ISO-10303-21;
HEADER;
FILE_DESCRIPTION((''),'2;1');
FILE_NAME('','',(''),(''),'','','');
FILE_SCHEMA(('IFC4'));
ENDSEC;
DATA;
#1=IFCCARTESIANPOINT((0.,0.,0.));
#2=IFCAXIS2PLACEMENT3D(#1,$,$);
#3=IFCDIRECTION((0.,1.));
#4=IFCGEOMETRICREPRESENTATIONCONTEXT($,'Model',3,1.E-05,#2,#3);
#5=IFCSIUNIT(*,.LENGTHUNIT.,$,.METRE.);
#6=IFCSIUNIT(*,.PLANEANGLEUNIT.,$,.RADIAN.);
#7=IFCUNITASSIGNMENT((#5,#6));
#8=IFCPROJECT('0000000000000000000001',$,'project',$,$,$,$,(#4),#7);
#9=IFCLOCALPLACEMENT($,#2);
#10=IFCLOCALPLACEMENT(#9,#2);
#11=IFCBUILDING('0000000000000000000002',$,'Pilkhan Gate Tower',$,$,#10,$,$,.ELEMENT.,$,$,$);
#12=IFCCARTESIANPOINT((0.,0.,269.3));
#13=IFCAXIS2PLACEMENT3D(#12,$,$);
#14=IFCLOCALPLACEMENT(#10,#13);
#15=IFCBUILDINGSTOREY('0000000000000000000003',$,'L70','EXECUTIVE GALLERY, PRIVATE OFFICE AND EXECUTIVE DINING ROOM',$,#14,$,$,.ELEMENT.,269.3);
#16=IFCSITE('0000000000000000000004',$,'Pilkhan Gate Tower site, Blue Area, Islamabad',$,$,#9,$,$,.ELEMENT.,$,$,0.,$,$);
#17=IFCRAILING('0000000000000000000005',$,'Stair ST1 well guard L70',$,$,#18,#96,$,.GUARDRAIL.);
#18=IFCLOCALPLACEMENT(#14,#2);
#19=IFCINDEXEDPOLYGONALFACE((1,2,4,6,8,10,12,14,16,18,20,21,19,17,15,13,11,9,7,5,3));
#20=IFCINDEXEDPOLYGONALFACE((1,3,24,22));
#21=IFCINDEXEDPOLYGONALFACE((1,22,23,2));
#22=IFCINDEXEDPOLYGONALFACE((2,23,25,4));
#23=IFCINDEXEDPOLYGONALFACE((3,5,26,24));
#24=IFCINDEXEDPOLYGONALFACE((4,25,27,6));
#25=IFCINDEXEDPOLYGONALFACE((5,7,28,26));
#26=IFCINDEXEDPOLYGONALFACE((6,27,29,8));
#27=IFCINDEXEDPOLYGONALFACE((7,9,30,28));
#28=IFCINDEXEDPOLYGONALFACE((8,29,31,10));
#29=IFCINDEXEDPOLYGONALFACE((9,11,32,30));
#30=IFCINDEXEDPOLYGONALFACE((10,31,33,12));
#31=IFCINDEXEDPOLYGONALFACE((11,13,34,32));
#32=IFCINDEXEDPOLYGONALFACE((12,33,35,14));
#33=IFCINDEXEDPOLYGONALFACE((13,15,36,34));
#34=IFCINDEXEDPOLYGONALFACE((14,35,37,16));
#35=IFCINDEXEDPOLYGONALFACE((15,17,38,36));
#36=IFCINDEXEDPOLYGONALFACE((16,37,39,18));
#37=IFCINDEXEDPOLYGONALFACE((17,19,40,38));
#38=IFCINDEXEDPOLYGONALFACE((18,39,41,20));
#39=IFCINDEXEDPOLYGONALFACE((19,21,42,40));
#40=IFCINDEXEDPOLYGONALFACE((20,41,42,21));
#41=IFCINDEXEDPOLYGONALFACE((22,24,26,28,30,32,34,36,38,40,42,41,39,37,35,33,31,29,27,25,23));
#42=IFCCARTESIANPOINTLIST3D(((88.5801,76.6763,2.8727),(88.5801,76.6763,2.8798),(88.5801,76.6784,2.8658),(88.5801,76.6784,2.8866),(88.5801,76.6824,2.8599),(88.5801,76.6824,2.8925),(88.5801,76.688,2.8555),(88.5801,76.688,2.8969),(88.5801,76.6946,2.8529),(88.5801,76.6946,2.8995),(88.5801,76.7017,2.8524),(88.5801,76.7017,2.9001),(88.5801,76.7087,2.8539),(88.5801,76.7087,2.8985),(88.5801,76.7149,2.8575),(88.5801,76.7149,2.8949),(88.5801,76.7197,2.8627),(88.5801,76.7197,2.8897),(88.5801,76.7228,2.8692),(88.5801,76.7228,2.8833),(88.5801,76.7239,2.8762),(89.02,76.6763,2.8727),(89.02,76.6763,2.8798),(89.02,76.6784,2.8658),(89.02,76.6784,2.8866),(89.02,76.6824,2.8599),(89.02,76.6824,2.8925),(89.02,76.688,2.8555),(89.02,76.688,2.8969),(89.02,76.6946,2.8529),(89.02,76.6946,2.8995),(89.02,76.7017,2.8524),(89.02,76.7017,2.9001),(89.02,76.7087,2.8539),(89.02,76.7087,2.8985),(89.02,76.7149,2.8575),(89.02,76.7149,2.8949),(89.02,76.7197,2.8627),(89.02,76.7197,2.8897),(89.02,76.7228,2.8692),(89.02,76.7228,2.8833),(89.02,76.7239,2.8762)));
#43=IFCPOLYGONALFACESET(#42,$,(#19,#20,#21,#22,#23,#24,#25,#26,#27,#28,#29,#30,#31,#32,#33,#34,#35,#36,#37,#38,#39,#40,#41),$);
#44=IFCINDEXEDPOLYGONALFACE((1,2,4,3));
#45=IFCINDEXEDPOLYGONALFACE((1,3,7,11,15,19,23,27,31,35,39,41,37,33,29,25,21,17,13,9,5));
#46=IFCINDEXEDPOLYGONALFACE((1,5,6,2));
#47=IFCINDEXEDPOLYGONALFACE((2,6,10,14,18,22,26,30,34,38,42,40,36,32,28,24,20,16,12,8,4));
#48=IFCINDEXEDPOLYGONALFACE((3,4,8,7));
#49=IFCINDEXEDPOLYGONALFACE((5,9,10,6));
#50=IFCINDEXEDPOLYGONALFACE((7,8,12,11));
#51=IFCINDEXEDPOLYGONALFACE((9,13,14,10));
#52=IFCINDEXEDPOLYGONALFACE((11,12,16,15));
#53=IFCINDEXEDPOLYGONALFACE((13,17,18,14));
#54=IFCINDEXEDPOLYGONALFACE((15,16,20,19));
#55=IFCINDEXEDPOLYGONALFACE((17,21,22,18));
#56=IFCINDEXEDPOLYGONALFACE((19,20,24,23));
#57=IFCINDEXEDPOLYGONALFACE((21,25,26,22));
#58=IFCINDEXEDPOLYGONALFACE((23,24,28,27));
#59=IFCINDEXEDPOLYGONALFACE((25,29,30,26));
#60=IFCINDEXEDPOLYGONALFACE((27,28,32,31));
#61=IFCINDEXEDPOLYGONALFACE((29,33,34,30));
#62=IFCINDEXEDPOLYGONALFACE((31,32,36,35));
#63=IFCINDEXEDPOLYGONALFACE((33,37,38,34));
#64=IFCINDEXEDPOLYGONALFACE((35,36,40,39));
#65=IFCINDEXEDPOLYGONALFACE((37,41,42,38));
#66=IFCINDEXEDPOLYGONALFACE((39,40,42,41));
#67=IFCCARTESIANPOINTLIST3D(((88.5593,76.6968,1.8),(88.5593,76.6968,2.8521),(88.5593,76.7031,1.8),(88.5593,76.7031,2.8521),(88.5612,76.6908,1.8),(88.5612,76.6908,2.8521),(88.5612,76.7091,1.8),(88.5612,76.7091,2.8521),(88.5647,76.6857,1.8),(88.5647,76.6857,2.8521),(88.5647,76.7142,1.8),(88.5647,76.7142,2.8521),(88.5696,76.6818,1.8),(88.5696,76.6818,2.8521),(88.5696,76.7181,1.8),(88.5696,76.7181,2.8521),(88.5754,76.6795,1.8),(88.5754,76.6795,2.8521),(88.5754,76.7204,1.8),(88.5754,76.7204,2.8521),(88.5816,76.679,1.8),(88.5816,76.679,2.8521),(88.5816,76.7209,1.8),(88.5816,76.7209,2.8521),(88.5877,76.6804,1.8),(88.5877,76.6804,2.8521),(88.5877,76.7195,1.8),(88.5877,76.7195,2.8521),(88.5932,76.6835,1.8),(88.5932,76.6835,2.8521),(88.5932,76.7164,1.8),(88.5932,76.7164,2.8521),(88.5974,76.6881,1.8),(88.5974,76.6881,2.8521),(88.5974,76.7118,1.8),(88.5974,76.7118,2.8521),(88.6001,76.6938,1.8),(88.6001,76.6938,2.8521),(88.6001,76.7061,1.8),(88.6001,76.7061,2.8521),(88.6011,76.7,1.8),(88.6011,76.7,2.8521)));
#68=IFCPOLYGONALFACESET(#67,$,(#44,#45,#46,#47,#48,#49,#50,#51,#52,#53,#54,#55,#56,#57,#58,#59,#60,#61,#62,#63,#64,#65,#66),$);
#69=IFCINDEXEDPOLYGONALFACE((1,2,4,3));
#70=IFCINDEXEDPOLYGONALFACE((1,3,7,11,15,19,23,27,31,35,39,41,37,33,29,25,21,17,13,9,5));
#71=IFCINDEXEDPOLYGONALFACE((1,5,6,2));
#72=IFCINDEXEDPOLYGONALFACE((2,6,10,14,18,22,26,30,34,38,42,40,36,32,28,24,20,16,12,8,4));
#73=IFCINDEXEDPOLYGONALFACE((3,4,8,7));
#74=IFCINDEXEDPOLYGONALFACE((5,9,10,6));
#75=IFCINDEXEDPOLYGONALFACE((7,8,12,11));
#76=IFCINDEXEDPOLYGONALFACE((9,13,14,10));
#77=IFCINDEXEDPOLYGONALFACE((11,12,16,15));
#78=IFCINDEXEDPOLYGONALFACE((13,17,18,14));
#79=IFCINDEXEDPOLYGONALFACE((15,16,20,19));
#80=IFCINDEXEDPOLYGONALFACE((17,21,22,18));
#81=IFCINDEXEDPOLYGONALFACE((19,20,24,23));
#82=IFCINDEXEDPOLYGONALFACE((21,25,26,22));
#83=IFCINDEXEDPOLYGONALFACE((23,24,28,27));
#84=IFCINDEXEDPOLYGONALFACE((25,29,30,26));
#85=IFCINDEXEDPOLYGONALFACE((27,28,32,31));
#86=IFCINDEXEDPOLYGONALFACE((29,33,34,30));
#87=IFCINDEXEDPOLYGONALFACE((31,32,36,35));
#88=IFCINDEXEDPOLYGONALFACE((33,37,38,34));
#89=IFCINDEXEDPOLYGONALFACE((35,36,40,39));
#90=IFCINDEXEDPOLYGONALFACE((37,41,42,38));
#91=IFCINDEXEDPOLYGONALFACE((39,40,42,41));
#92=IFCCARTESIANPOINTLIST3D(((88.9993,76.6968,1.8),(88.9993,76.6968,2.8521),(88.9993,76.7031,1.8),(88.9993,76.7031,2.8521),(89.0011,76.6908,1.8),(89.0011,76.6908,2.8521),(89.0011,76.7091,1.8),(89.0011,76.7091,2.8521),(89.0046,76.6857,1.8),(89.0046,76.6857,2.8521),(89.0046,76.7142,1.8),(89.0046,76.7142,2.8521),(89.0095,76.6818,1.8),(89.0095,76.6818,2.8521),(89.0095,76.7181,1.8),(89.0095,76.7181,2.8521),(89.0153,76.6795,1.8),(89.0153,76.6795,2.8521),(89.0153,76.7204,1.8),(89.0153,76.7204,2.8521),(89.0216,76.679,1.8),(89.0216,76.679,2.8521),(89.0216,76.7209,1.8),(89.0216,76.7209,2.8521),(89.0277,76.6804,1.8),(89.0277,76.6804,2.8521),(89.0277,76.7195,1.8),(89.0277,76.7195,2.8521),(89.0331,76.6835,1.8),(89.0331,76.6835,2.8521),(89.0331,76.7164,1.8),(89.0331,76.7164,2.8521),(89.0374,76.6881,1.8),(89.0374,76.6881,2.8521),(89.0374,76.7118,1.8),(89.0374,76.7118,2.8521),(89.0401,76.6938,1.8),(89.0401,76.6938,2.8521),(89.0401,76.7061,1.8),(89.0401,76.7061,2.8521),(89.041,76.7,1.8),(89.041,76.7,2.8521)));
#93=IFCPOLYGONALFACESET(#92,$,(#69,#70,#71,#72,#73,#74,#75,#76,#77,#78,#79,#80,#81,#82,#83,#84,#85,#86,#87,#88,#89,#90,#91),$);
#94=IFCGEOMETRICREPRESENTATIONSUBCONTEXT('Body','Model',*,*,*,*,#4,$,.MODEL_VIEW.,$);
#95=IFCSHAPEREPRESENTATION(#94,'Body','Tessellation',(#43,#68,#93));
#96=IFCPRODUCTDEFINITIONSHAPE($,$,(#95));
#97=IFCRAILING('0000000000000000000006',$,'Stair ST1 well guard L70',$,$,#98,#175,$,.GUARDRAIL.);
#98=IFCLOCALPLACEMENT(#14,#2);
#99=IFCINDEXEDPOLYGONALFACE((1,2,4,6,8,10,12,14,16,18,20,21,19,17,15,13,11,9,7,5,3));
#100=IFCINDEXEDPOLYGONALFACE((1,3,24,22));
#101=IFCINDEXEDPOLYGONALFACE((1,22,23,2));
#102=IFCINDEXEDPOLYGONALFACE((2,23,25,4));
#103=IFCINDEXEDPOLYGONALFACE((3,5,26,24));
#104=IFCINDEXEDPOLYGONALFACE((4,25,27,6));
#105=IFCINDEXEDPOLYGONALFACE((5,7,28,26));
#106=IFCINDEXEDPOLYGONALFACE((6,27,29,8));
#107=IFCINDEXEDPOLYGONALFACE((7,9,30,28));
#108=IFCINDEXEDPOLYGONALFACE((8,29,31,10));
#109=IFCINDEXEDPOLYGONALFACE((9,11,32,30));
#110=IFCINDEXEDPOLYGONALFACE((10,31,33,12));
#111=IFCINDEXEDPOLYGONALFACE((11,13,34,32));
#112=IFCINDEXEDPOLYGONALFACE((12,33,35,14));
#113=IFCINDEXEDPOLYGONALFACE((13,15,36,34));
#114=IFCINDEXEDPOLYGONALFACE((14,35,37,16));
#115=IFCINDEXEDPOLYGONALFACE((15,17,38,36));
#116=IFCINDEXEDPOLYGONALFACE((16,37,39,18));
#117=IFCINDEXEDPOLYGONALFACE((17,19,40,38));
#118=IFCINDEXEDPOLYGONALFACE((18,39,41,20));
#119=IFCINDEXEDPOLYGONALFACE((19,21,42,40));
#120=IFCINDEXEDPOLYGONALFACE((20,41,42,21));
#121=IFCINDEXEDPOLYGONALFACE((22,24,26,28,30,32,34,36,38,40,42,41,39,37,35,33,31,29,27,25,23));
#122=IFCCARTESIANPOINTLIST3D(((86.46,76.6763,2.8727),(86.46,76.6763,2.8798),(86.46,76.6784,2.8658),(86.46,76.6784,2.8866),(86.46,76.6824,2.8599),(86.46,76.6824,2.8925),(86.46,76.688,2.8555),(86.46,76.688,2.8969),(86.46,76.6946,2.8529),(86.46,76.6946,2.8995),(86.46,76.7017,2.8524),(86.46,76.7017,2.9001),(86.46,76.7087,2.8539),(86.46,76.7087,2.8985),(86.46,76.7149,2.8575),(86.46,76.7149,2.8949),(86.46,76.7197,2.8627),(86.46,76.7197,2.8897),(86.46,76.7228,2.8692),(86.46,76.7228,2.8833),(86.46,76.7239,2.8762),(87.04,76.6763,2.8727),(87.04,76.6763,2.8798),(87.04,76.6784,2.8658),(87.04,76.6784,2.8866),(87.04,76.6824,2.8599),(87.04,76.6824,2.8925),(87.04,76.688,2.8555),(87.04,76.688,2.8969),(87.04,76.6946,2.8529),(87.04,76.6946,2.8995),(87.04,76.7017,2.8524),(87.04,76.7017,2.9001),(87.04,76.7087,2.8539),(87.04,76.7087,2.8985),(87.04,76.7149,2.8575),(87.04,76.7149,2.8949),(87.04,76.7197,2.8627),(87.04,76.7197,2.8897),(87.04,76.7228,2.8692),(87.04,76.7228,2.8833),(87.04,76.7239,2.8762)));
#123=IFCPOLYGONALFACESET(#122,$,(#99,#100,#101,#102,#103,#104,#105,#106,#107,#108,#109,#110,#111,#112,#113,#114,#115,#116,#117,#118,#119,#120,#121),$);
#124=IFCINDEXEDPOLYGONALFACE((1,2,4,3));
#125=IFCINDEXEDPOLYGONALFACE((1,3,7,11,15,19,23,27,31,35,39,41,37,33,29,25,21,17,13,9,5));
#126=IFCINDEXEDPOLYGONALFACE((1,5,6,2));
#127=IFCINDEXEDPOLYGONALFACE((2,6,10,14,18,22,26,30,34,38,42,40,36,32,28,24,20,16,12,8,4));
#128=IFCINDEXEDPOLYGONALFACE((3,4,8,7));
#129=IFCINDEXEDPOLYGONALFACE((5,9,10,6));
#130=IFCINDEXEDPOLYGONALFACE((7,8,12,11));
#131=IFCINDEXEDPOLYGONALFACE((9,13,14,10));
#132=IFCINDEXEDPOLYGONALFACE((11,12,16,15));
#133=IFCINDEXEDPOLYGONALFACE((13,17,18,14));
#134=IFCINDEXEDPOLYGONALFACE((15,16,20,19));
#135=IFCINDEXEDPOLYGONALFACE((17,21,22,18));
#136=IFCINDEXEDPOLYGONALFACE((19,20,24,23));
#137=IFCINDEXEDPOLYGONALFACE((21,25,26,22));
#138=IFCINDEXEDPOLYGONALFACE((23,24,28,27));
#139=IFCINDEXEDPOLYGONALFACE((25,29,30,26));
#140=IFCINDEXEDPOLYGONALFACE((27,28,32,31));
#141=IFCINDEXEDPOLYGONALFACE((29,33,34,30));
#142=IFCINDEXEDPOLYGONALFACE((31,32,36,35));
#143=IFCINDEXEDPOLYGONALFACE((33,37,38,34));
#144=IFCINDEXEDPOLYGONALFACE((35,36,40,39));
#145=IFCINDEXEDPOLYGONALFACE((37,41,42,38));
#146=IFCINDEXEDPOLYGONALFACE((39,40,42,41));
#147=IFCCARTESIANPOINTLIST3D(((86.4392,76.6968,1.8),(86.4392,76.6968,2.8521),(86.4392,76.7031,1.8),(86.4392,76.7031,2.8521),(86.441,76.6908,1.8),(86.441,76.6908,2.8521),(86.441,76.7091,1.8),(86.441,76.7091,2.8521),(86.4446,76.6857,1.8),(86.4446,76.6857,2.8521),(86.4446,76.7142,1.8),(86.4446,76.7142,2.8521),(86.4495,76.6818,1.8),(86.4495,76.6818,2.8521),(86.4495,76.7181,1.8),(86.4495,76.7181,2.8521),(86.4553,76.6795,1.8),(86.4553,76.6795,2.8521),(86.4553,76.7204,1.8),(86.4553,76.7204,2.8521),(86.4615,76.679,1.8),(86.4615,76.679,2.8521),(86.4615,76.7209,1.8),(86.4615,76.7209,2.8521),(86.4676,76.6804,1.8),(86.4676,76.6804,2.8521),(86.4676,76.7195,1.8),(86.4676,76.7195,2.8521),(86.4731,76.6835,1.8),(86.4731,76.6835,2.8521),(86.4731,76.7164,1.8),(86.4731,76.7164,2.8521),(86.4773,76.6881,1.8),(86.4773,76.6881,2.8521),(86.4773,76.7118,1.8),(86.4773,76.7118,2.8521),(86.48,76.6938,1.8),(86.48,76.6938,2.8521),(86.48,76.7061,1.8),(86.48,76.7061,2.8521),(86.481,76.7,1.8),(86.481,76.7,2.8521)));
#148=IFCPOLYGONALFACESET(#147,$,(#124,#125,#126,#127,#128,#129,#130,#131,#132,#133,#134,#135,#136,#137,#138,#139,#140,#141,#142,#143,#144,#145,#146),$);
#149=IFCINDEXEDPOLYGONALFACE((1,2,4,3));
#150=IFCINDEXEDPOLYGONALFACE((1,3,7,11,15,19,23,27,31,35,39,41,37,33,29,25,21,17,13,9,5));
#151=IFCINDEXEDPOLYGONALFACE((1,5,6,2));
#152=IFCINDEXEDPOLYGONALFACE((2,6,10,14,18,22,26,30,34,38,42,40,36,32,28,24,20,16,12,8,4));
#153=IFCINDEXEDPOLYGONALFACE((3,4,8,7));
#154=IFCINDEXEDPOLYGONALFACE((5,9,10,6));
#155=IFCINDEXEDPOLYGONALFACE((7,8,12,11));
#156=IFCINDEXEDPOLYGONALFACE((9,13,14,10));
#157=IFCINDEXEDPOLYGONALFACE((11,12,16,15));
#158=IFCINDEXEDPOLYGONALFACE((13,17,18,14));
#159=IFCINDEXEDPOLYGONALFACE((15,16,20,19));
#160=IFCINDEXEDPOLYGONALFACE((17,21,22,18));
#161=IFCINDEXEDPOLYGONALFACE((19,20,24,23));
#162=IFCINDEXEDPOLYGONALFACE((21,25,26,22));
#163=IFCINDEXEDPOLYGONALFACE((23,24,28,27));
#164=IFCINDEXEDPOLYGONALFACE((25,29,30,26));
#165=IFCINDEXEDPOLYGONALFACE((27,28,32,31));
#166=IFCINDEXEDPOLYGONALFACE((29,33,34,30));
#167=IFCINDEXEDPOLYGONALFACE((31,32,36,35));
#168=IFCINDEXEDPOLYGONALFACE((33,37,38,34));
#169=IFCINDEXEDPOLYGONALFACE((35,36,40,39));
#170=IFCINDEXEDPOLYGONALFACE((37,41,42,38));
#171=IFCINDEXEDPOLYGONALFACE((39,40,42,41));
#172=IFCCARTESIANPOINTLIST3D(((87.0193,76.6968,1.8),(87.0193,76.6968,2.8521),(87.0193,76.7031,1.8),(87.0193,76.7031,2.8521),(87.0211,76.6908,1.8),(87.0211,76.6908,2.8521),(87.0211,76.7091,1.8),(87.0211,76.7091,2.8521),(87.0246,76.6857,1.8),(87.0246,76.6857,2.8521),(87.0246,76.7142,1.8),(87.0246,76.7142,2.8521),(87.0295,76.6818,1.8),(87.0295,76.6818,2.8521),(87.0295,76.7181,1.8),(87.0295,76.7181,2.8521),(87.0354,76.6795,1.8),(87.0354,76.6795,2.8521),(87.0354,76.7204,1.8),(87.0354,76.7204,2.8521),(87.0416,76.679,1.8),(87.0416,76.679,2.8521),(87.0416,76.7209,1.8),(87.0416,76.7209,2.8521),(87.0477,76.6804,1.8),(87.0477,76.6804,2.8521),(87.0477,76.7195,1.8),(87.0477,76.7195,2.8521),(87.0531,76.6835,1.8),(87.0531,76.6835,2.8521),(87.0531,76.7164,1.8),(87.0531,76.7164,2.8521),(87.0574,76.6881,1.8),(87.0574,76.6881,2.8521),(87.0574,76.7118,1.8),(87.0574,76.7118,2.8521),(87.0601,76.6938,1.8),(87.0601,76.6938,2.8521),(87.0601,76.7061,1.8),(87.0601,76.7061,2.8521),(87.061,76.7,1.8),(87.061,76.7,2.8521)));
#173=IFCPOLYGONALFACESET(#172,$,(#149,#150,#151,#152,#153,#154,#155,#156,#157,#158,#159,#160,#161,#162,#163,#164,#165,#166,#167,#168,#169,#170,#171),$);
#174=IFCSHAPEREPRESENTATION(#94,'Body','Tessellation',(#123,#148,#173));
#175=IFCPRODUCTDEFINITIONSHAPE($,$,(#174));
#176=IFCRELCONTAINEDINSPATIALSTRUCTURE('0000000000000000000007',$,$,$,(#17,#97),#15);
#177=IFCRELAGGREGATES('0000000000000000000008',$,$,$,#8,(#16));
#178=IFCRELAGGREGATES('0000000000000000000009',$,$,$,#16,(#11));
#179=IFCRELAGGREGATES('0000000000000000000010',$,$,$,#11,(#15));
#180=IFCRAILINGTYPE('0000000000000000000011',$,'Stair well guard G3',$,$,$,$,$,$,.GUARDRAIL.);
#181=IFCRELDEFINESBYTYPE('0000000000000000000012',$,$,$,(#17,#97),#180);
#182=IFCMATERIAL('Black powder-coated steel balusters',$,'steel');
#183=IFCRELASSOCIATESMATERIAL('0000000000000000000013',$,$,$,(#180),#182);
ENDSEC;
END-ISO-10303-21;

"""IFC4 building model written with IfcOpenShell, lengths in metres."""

from ifc_helpers import new_model, si_unit, direction, frame, origin, origin_2d, place, context, subcontext, project, spatial, circle, extrude, material, type_object, element, save


model = new_model("IFC4")

# Units and contexts
model_context = context("Model", 3, precision=1e-05, world=origin(), true_north=direction((0.0, 1.0)))
body_context = subcontext(model_context, "Body", "Model", "MODEL_VIEW")
ifc_project = project(units=[si_unit("LENGTHUNIT", "METRE"), si_unit("PLANEANGLEUNIT", "RADIAN")], contexts=[model_context])

# Site, building, storey
site_placement = place(None, origin())
site = spatial("IfcSite", under=ifc_project, at=site_placement, Name="Pilkhan Gate Tower site, Blue Area, Islamabad", CompositionType="ELEMENT", RefElevation=0.0)
building_placement = place(site_placement, origin())
building = spatial("IfcBuilding", under=site, at=building_placement, Name="Pilkhan Gate Tower", CompositionType="ELEMENT")
storey_placement = place(building_placement, frame((0.0, 0.0, 269.3)))
storey = spatial("IfcBuildingStorey", under=building, at=storey_placement, Name="L70", Description="EXECUTIVE GALLERY, PRIVATE OFFICE AND EXECUTIVE DINING ROOM", CompositionType="ELEMENT", Elevation=269.3)

# Railings
ifc_material_1 = material(Name="Black powder-coated steel balusters", Category="steel")
railing_type_1 = type_object("IfcRailingType", Name="Stair well guard G3", PredefinedType="GUARDRAIL", material=ifc_material_1)
railing_1_placement = place(storey_placement, frame((88.5801, 76.7, 1.8)))
element("IfcRailing", 1, at=railing_1_placement, inside=storey, type_object=railing_type_1, Name="Stair ST1 well guard L70", PredefinedType="GUARDRAIL", context=body_context, shape_type="SweptSolid", body=[
    extrude(circle(Radius=0.0239, at=origin_2d()), frame((0.0, 0.0, 1.0762), z_axis=(1.0, 0.0, 0.0), x_axis=(0.0, 1.0, 0.0)), (0.0, 0.0, 1.0), 0.4399),
    extrude(circle(Radius=0.021, at=origin_2d()), origin(), (0.0, 0.0, 1.0), 1.052),
    extrude(circle(Radius=0.021, at=origin_2d()), frame((0.4399, 0.0, 0.0)), (0.0, 0.0, 1.0), 1.052),
])
railing_2_placement = place(storey_placement, frame((86.46, 76.7, 1.8)))
element("IfcRailing", 2, at=railing_2_placement, inside=storey, type_object=railing_type_1, Name="Stair ST1 well guard L70", PredefinedType="GUARDRAIL", context=body_context, shape_type="SweptSolid", body=[
    extrude(circle(Radius=0.0239, at=origin_2d()), frame((0.0, 0.0, 1.0762), z_axis=(1.0, 0.0, 0.0), x_axis=(0.0, 1.0, 0.0)), (0.0, 0.0, 1.0), 0.5801),
    extrude(circle(Radius=0.021, at=origin_2d()), origin(), (0.0, 0.0, 1.0), 1.052),
    extrude(circle(Radius=0.021, at=origin_2d()), frame((0.5801, 0.0, 0.0)), (0.0, 0.0, 1.0), 1.052),
])

save(model, "model.ifc")
